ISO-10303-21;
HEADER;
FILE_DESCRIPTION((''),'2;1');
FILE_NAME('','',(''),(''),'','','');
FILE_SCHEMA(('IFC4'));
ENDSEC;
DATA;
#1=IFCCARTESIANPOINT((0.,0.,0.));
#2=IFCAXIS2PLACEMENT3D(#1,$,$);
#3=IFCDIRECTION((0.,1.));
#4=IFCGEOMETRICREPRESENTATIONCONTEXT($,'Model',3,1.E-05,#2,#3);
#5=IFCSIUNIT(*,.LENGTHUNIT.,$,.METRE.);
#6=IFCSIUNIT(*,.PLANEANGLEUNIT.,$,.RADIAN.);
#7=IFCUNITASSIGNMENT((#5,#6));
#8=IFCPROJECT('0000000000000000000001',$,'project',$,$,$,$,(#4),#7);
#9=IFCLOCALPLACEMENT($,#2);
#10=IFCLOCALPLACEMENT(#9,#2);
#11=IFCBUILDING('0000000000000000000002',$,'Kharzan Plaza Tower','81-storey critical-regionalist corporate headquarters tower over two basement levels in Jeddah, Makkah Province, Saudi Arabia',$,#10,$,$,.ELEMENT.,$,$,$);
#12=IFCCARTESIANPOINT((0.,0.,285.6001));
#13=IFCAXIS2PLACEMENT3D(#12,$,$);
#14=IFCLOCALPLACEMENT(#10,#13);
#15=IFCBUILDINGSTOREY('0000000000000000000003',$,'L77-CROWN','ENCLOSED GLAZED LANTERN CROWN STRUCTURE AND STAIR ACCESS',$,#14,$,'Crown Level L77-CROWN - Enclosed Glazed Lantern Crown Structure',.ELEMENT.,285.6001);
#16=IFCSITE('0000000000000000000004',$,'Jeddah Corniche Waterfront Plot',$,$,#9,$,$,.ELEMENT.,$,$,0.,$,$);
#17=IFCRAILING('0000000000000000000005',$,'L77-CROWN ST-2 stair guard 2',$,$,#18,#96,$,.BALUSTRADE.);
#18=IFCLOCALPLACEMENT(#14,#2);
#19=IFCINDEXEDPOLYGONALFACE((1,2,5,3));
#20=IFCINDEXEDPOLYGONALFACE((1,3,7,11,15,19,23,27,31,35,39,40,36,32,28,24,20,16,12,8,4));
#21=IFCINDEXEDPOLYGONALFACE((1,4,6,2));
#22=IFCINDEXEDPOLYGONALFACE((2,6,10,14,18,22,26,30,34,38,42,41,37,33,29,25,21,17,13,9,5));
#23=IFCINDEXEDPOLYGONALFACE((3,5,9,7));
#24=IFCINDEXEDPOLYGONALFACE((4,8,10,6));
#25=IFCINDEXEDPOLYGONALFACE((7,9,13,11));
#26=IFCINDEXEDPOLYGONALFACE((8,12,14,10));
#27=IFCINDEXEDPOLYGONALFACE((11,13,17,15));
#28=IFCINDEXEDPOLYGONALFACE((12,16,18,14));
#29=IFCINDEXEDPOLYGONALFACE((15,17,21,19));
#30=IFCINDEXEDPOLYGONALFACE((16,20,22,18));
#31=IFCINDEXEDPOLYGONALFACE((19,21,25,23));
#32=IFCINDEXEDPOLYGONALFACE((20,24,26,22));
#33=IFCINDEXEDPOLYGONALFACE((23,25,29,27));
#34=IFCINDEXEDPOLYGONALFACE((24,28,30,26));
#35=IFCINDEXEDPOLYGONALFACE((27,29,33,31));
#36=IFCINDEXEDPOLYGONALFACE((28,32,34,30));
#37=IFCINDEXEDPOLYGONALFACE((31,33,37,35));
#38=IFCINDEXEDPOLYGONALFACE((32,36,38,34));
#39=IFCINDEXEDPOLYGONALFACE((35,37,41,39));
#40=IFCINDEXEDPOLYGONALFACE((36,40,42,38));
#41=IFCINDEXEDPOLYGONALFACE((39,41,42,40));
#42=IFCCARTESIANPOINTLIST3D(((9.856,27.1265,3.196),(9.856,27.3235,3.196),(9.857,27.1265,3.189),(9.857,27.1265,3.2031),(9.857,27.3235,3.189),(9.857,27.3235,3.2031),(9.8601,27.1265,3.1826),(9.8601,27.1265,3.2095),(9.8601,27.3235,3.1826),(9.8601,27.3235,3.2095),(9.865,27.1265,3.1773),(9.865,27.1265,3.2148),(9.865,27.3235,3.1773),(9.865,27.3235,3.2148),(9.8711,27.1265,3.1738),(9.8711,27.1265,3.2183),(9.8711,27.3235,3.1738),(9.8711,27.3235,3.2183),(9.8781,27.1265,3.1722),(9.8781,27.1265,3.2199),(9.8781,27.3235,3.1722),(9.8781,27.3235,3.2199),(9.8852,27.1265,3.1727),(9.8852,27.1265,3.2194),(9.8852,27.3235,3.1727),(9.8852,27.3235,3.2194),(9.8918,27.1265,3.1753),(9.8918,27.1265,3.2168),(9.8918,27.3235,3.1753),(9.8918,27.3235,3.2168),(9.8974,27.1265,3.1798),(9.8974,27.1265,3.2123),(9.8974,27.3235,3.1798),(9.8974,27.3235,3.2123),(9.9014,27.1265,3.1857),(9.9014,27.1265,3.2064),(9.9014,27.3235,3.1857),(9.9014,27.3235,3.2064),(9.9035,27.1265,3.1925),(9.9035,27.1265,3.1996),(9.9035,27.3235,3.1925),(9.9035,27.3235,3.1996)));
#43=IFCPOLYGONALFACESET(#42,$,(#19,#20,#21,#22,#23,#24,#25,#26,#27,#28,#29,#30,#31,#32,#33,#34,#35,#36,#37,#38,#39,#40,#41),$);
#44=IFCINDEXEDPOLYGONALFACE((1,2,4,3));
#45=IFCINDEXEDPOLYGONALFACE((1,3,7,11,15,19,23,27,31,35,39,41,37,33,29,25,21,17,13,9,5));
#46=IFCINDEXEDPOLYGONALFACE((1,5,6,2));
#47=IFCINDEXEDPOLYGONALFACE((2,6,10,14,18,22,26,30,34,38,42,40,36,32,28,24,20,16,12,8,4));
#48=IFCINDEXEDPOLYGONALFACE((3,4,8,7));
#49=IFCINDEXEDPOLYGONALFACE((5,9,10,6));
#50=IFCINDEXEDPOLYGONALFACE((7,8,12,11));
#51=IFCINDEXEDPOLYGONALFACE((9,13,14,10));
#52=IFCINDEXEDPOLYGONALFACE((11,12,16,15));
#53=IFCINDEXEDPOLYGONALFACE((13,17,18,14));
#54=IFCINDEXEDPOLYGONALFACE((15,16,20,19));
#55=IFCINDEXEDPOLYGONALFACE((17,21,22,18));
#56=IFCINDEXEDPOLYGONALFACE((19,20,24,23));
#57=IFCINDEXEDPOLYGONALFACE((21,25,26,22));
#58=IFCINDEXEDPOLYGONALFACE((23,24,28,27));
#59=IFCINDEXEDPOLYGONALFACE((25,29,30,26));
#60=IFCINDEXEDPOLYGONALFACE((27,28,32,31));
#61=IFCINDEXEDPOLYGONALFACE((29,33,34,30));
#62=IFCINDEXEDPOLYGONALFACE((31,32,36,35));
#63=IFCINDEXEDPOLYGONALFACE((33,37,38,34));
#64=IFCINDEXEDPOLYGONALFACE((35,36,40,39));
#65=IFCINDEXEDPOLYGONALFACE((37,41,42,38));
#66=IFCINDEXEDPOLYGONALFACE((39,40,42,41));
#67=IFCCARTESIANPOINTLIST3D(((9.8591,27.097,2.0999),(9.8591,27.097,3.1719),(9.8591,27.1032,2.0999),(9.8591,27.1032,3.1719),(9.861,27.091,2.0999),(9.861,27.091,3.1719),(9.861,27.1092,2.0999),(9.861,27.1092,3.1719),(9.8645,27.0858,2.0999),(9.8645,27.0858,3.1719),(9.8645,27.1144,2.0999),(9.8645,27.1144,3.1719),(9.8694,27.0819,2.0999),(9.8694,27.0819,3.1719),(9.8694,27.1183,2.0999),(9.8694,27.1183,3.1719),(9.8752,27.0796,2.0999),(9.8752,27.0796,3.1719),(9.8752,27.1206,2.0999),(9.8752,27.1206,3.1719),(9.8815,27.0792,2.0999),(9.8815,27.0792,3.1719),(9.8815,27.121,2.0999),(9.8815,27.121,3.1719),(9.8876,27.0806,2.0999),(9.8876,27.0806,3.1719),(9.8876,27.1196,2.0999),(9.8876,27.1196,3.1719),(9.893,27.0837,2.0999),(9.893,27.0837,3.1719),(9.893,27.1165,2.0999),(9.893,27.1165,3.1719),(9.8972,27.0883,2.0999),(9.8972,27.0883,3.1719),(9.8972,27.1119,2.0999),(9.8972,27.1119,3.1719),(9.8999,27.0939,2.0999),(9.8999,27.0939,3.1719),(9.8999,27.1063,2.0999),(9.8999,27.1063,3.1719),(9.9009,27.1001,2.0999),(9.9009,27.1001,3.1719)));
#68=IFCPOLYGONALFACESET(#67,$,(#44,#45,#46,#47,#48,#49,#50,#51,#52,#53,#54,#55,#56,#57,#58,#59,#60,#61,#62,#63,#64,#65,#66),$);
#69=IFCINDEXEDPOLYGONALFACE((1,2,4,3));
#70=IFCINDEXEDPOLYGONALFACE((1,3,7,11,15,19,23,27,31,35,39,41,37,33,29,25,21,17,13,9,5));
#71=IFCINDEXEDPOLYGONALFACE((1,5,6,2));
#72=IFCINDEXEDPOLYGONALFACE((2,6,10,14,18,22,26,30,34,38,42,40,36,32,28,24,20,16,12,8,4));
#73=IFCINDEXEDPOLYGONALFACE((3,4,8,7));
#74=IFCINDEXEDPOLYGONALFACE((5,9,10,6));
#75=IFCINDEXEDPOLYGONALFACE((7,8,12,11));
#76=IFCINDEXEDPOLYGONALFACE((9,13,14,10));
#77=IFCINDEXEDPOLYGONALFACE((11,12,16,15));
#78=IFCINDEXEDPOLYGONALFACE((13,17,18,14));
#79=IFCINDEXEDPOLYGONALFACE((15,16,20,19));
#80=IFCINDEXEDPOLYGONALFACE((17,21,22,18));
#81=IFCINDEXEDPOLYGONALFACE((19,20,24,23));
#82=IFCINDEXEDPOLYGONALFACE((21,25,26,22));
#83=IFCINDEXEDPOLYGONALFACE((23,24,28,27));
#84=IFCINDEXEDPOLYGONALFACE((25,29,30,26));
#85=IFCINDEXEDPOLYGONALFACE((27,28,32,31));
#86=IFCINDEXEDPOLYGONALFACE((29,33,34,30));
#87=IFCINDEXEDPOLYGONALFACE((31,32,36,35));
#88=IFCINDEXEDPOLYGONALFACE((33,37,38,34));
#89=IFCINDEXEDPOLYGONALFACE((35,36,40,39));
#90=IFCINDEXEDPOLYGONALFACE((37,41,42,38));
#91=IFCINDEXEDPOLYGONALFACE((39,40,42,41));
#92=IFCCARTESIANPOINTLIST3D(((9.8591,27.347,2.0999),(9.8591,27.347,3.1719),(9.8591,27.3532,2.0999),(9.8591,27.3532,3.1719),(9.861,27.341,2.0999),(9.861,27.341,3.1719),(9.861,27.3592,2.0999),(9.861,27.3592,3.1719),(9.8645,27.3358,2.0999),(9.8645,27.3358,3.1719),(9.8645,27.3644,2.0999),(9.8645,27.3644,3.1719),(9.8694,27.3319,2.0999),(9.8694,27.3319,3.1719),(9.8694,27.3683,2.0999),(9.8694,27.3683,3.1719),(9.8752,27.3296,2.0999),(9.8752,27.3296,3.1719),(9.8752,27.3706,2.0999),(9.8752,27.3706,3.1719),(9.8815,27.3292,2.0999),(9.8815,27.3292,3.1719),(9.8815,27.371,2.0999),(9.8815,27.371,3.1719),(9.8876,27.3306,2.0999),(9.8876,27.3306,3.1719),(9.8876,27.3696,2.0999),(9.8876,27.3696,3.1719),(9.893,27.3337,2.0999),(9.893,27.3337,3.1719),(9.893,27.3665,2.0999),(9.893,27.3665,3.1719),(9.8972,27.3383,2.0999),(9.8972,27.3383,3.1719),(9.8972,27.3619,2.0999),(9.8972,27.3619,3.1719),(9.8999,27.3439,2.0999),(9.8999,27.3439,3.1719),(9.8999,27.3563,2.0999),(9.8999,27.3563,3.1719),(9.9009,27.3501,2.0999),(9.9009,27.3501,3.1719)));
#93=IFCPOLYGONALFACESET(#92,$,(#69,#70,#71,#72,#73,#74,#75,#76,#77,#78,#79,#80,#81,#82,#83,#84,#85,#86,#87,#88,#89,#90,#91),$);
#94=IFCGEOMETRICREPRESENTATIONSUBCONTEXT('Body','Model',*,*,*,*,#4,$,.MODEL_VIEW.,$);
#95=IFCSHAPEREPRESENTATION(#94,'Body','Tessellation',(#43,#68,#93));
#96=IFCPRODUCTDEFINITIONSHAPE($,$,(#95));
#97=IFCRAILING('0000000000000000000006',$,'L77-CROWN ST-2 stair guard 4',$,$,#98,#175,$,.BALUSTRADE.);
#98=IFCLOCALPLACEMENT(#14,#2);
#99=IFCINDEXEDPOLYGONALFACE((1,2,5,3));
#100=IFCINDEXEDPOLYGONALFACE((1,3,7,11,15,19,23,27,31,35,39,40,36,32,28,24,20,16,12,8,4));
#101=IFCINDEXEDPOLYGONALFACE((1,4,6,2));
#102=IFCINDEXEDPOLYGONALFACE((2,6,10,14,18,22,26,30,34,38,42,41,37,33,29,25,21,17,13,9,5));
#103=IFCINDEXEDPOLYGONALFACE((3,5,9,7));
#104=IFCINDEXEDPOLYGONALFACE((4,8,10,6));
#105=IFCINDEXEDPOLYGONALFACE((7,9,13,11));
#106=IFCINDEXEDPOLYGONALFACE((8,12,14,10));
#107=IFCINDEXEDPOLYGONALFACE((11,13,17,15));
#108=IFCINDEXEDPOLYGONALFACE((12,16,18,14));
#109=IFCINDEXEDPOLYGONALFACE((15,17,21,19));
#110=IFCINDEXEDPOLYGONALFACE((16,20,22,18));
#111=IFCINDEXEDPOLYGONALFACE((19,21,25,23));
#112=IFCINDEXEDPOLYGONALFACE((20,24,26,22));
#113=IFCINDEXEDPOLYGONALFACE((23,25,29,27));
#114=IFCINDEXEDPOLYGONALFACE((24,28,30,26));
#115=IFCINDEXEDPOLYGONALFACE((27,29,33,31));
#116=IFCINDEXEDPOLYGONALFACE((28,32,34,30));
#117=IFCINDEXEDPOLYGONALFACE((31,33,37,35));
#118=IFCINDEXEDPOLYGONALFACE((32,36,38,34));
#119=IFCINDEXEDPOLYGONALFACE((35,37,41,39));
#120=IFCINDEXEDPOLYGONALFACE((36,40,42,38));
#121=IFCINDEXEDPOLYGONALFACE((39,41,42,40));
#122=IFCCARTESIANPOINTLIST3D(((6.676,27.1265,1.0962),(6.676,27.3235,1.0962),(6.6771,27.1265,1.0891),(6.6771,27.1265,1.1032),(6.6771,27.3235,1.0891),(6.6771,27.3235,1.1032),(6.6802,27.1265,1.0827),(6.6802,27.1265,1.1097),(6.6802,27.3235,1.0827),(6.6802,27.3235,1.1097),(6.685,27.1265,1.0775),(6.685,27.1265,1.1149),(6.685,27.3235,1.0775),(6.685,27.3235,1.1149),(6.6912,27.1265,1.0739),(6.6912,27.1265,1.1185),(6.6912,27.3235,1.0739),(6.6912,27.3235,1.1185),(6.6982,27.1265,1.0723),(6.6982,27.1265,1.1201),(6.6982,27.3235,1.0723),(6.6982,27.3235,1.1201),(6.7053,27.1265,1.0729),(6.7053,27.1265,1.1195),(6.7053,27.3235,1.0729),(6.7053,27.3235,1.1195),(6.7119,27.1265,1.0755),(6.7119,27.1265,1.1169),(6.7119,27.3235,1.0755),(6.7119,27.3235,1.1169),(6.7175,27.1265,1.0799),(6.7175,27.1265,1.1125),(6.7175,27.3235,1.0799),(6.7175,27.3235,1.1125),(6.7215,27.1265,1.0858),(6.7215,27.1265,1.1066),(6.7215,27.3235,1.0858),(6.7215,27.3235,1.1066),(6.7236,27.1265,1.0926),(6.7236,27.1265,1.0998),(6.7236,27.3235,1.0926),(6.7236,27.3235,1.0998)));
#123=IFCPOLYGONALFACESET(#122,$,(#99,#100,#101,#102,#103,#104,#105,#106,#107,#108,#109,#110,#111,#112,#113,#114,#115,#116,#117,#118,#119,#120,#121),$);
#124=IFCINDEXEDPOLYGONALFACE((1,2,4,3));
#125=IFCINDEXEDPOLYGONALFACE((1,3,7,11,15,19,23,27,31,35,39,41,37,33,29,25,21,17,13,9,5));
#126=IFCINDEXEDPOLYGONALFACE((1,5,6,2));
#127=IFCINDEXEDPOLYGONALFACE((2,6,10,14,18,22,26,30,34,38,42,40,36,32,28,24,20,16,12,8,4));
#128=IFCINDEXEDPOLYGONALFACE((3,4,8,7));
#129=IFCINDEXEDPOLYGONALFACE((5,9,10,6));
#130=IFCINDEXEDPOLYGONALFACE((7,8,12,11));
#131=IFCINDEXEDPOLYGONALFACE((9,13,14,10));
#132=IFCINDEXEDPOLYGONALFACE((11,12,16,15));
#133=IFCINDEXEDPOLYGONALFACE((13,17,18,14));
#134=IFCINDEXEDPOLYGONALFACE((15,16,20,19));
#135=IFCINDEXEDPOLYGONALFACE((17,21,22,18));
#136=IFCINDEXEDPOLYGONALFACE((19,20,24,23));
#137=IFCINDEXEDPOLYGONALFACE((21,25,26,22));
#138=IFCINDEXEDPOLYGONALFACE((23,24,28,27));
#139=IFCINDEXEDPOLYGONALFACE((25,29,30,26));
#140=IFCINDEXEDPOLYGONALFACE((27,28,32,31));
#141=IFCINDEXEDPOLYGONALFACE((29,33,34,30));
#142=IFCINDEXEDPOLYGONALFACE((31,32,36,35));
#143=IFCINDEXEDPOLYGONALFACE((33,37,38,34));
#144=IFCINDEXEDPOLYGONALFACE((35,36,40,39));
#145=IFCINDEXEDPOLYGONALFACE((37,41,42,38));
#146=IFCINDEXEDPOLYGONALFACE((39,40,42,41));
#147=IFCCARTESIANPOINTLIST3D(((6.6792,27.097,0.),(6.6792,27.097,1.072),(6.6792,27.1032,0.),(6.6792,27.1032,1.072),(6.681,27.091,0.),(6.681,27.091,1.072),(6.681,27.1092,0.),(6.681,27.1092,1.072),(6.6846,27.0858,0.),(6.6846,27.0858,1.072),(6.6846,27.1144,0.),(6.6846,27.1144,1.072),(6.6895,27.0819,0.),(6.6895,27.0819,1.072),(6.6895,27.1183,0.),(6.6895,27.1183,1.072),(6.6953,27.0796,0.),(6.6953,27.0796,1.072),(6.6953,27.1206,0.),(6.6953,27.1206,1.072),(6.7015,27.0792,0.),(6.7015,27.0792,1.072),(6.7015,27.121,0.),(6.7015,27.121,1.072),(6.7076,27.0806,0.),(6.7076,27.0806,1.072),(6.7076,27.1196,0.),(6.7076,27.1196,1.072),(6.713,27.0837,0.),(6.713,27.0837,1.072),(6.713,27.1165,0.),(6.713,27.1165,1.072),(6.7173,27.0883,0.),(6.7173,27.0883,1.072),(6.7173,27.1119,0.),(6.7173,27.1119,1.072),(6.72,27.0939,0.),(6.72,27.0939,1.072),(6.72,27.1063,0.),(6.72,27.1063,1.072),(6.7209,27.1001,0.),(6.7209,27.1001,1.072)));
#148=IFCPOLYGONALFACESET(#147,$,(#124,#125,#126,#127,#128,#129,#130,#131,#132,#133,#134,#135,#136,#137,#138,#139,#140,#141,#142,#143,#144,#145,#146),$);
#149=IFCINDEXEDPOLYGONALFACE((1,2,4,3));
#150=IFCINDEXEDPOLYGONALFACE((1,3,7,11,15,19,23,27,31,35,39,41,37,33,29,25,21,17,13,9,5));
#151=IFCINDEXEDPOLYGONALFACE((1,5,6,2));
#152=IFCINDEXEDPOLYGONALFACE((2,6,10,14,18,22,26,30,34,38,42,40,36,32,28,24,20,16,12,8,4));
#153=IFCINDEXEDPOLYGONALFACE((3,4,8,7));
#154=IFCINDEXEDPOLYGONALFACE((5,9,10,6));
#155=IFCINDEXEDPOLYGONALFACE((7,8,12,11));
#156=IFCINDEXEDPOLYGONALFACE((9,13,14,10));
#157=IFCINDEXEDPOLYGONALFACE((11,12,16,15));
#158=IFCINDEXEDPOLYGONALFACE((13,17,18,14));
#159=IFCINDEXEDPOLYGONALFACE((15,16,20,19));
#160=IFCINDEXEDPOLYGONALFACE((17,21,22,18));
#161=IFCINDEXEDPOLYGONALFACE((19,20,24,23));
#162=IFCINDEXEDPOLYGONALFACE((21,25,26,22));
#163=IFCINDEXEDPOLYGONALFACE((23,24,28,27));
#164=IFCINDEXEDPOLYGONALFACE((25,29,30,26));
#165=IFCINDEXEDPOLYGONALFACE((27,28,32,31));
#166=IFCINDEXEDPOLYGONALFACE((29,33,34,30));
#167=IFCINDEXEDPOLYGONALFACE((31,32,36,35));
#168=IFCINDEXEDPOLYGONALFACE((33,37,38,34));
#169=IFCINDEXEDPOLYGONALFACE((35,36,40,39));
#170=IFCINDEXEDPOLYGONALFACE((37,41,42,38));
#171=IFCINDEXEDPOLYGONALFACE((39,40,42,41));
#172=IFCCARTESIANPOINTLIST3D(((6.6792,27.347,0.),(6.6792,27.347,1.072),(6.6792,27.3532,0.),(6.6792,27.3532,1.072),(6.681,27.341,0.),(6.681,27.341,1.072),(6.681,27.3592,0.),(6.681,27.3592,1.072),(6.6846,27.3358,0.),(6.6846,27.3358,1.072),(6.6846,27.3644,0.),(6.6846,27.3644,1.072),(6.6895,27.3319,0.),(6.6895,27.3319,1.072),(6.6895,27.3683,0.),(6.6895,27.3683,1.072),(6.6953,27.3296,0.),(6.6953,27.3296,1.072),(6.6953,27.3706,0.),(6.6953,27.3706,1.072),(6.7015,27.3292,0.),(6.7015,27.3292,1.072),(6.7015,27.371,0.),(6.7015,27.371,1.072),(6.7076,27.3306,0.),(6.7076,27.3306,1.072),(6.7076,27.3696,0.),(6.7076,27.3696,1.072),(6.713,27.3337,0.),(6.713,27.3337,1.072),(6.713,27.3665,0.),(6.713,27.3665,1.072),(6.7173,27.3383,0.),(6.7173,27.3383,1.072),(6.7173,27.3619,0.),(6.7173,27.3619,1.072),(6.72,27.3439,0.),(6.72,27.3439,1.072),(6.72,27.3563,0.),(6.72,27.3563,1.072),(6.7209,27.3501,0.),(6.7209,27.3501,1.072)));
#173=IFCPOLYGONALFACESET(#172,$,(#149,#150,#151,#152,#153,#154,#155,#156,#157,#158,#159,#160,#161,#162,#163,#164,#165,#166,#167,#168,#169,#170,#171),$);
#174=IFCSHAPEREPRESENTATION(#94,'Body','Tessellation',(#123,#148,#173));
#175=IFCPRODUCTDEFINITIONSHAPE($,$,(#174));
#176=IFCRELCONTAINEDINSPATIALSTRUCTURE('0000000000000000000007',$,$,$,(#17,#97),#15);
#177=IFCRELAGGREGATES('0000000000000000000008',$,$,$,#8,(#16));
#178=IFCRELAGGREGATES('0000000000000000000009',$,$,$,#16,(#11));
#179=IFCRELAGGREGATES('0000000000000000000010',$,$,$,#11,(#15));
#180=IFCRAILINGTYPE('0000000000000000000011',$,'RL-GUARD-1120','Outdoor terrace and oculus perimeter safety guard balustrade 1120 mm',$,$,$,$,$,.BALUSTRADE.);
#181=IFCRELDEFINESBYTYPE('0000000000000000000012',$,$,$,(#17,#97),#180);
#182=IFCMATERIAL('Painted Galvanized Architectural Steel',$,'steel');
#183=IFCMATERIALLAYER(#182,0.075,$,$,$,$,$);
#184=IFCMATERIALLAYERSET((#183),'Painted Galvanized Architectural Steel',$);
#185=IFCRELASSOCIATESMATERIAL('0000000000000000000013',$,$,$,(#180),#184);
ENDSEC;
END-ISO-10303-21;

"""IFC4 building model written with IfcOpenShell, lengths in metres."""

from ifc_helpers import new_model, si_unit, direction, frame, origin, origin_2d, place, context, subcontext, project, spatial, circle, extrude, source, transform, mapped, material, layer, layer_set, type_object, element, save


model = new_model("IFC4")

# Units and contexts
model_context = context("Model", 3, precision=1e-05, world=origin(), true_north=direction((0.0, 1.0)))
body_context = subcontext(model_context, "Body", "Model", "MODEL_VIEW")
ifc_project = project(units=[si_unit("LENGTHUNIT", "METRE"), si_unit("PLANEANGLEUNIT", "RADIAN")], contexts=[model_context])

# Site, building, storey
site_placement = place(None, origin())
site = spatial("IfcSite", under=ifc_project, at=site_placement, Name="Jeddah Corniche Waterfront Plot", CompositionType="ELEMENT", RefElevation=0.0)
building_placement = place(site_placement, origin())
building = spatial("IfcBuilding", under=site, at=building_placement, Name="Kharzan Plaza Tower", Description="81-storey critical-regionalist corporate headquarters tower over two basement levels in Jeddah, Makkah Province, Saudi Arabia", CompositionType="ELEMENT")
storey_placement = place(building_placement, frame((0.0, 0.0, 285.6001)))
storey = spatial("IfcBuildingStorey", under=building, at=storey_placement, Name="L77-CROWN", Description="ENCLOSED GLAZED LANTERN CROWN STRUCTURE AND STAIR ACCESS", LongName="Crown Level L77-CROWN - Enclosed Glazed Lantern Crown Structure", CompositionType="ELEMENT", Elevation=285.6001)

# Railings
ifc_material_1 = material(Name="Painted Galvanized Architectural Steel", Category="steel")
ifc_layer_1 = layer(ifc_material_1, 0.075)
ifc_layer_set_1 = layer_set([ifc_layer_1], Name="Painted Galvanized Architectural Steel")
railing_type_1 = type_object("IfcRailingType", Name="RL-GUARD-1120", Description="Outdoor terrace and oculus perimeter safety guard balustrade 1120 mm", PredefinedType="BALUSTRADE", material=ifc_layer_set_1)
shared_shape_1 = source(origin(), body_context, "Body", "SweptSolid", [
    extrude(circle(Radius=0.0239, at=origin_2d()), frame((0.0, 0.0264, 1.0962), z_axis=(0.0, 1.0, 0.0), x_axis=(-1.0, 0.0, 0.0)), (0.0, 0.0, 1.0), 0.197),
    extrude(circle(Radius=0.021, at=origin_2d()), origin(), (0.0, 0.0, 1.0), 1.072),
    extrude(circle(Radius=0.021, at=origin_2d()), frame((0.0, 0.25, 0.0)), (0.0, 0.0, 1.0), 1.072),
])
for number, where, name in (
    (1, (9.8799, 27.1001, 2.0999), "L77-CROWN ST-2 stair guard 2"),
    (2, (6.7, 27.1001, 0.0), "L77-CROWN ST-2 stair guard 4"),
):
    element("IfcRailing", number, at=place(storey_placement, frame(where)), inside=storey, type_object=railing_type_1, Name=name, PredefinedType="BALUSTRADE", context=body_context, shape_type="MappedRepresentation", body=[
        mapped(shared_shape_1, transform((0.0, 0.0, 0.0), x_axis=(1.0, 0.0, 0.0), y_axis=(0.0, 1.0, 0.0), z_axis=(0.0, 0.0, 1.0))),
    ])

save(model, "model.ifc")
